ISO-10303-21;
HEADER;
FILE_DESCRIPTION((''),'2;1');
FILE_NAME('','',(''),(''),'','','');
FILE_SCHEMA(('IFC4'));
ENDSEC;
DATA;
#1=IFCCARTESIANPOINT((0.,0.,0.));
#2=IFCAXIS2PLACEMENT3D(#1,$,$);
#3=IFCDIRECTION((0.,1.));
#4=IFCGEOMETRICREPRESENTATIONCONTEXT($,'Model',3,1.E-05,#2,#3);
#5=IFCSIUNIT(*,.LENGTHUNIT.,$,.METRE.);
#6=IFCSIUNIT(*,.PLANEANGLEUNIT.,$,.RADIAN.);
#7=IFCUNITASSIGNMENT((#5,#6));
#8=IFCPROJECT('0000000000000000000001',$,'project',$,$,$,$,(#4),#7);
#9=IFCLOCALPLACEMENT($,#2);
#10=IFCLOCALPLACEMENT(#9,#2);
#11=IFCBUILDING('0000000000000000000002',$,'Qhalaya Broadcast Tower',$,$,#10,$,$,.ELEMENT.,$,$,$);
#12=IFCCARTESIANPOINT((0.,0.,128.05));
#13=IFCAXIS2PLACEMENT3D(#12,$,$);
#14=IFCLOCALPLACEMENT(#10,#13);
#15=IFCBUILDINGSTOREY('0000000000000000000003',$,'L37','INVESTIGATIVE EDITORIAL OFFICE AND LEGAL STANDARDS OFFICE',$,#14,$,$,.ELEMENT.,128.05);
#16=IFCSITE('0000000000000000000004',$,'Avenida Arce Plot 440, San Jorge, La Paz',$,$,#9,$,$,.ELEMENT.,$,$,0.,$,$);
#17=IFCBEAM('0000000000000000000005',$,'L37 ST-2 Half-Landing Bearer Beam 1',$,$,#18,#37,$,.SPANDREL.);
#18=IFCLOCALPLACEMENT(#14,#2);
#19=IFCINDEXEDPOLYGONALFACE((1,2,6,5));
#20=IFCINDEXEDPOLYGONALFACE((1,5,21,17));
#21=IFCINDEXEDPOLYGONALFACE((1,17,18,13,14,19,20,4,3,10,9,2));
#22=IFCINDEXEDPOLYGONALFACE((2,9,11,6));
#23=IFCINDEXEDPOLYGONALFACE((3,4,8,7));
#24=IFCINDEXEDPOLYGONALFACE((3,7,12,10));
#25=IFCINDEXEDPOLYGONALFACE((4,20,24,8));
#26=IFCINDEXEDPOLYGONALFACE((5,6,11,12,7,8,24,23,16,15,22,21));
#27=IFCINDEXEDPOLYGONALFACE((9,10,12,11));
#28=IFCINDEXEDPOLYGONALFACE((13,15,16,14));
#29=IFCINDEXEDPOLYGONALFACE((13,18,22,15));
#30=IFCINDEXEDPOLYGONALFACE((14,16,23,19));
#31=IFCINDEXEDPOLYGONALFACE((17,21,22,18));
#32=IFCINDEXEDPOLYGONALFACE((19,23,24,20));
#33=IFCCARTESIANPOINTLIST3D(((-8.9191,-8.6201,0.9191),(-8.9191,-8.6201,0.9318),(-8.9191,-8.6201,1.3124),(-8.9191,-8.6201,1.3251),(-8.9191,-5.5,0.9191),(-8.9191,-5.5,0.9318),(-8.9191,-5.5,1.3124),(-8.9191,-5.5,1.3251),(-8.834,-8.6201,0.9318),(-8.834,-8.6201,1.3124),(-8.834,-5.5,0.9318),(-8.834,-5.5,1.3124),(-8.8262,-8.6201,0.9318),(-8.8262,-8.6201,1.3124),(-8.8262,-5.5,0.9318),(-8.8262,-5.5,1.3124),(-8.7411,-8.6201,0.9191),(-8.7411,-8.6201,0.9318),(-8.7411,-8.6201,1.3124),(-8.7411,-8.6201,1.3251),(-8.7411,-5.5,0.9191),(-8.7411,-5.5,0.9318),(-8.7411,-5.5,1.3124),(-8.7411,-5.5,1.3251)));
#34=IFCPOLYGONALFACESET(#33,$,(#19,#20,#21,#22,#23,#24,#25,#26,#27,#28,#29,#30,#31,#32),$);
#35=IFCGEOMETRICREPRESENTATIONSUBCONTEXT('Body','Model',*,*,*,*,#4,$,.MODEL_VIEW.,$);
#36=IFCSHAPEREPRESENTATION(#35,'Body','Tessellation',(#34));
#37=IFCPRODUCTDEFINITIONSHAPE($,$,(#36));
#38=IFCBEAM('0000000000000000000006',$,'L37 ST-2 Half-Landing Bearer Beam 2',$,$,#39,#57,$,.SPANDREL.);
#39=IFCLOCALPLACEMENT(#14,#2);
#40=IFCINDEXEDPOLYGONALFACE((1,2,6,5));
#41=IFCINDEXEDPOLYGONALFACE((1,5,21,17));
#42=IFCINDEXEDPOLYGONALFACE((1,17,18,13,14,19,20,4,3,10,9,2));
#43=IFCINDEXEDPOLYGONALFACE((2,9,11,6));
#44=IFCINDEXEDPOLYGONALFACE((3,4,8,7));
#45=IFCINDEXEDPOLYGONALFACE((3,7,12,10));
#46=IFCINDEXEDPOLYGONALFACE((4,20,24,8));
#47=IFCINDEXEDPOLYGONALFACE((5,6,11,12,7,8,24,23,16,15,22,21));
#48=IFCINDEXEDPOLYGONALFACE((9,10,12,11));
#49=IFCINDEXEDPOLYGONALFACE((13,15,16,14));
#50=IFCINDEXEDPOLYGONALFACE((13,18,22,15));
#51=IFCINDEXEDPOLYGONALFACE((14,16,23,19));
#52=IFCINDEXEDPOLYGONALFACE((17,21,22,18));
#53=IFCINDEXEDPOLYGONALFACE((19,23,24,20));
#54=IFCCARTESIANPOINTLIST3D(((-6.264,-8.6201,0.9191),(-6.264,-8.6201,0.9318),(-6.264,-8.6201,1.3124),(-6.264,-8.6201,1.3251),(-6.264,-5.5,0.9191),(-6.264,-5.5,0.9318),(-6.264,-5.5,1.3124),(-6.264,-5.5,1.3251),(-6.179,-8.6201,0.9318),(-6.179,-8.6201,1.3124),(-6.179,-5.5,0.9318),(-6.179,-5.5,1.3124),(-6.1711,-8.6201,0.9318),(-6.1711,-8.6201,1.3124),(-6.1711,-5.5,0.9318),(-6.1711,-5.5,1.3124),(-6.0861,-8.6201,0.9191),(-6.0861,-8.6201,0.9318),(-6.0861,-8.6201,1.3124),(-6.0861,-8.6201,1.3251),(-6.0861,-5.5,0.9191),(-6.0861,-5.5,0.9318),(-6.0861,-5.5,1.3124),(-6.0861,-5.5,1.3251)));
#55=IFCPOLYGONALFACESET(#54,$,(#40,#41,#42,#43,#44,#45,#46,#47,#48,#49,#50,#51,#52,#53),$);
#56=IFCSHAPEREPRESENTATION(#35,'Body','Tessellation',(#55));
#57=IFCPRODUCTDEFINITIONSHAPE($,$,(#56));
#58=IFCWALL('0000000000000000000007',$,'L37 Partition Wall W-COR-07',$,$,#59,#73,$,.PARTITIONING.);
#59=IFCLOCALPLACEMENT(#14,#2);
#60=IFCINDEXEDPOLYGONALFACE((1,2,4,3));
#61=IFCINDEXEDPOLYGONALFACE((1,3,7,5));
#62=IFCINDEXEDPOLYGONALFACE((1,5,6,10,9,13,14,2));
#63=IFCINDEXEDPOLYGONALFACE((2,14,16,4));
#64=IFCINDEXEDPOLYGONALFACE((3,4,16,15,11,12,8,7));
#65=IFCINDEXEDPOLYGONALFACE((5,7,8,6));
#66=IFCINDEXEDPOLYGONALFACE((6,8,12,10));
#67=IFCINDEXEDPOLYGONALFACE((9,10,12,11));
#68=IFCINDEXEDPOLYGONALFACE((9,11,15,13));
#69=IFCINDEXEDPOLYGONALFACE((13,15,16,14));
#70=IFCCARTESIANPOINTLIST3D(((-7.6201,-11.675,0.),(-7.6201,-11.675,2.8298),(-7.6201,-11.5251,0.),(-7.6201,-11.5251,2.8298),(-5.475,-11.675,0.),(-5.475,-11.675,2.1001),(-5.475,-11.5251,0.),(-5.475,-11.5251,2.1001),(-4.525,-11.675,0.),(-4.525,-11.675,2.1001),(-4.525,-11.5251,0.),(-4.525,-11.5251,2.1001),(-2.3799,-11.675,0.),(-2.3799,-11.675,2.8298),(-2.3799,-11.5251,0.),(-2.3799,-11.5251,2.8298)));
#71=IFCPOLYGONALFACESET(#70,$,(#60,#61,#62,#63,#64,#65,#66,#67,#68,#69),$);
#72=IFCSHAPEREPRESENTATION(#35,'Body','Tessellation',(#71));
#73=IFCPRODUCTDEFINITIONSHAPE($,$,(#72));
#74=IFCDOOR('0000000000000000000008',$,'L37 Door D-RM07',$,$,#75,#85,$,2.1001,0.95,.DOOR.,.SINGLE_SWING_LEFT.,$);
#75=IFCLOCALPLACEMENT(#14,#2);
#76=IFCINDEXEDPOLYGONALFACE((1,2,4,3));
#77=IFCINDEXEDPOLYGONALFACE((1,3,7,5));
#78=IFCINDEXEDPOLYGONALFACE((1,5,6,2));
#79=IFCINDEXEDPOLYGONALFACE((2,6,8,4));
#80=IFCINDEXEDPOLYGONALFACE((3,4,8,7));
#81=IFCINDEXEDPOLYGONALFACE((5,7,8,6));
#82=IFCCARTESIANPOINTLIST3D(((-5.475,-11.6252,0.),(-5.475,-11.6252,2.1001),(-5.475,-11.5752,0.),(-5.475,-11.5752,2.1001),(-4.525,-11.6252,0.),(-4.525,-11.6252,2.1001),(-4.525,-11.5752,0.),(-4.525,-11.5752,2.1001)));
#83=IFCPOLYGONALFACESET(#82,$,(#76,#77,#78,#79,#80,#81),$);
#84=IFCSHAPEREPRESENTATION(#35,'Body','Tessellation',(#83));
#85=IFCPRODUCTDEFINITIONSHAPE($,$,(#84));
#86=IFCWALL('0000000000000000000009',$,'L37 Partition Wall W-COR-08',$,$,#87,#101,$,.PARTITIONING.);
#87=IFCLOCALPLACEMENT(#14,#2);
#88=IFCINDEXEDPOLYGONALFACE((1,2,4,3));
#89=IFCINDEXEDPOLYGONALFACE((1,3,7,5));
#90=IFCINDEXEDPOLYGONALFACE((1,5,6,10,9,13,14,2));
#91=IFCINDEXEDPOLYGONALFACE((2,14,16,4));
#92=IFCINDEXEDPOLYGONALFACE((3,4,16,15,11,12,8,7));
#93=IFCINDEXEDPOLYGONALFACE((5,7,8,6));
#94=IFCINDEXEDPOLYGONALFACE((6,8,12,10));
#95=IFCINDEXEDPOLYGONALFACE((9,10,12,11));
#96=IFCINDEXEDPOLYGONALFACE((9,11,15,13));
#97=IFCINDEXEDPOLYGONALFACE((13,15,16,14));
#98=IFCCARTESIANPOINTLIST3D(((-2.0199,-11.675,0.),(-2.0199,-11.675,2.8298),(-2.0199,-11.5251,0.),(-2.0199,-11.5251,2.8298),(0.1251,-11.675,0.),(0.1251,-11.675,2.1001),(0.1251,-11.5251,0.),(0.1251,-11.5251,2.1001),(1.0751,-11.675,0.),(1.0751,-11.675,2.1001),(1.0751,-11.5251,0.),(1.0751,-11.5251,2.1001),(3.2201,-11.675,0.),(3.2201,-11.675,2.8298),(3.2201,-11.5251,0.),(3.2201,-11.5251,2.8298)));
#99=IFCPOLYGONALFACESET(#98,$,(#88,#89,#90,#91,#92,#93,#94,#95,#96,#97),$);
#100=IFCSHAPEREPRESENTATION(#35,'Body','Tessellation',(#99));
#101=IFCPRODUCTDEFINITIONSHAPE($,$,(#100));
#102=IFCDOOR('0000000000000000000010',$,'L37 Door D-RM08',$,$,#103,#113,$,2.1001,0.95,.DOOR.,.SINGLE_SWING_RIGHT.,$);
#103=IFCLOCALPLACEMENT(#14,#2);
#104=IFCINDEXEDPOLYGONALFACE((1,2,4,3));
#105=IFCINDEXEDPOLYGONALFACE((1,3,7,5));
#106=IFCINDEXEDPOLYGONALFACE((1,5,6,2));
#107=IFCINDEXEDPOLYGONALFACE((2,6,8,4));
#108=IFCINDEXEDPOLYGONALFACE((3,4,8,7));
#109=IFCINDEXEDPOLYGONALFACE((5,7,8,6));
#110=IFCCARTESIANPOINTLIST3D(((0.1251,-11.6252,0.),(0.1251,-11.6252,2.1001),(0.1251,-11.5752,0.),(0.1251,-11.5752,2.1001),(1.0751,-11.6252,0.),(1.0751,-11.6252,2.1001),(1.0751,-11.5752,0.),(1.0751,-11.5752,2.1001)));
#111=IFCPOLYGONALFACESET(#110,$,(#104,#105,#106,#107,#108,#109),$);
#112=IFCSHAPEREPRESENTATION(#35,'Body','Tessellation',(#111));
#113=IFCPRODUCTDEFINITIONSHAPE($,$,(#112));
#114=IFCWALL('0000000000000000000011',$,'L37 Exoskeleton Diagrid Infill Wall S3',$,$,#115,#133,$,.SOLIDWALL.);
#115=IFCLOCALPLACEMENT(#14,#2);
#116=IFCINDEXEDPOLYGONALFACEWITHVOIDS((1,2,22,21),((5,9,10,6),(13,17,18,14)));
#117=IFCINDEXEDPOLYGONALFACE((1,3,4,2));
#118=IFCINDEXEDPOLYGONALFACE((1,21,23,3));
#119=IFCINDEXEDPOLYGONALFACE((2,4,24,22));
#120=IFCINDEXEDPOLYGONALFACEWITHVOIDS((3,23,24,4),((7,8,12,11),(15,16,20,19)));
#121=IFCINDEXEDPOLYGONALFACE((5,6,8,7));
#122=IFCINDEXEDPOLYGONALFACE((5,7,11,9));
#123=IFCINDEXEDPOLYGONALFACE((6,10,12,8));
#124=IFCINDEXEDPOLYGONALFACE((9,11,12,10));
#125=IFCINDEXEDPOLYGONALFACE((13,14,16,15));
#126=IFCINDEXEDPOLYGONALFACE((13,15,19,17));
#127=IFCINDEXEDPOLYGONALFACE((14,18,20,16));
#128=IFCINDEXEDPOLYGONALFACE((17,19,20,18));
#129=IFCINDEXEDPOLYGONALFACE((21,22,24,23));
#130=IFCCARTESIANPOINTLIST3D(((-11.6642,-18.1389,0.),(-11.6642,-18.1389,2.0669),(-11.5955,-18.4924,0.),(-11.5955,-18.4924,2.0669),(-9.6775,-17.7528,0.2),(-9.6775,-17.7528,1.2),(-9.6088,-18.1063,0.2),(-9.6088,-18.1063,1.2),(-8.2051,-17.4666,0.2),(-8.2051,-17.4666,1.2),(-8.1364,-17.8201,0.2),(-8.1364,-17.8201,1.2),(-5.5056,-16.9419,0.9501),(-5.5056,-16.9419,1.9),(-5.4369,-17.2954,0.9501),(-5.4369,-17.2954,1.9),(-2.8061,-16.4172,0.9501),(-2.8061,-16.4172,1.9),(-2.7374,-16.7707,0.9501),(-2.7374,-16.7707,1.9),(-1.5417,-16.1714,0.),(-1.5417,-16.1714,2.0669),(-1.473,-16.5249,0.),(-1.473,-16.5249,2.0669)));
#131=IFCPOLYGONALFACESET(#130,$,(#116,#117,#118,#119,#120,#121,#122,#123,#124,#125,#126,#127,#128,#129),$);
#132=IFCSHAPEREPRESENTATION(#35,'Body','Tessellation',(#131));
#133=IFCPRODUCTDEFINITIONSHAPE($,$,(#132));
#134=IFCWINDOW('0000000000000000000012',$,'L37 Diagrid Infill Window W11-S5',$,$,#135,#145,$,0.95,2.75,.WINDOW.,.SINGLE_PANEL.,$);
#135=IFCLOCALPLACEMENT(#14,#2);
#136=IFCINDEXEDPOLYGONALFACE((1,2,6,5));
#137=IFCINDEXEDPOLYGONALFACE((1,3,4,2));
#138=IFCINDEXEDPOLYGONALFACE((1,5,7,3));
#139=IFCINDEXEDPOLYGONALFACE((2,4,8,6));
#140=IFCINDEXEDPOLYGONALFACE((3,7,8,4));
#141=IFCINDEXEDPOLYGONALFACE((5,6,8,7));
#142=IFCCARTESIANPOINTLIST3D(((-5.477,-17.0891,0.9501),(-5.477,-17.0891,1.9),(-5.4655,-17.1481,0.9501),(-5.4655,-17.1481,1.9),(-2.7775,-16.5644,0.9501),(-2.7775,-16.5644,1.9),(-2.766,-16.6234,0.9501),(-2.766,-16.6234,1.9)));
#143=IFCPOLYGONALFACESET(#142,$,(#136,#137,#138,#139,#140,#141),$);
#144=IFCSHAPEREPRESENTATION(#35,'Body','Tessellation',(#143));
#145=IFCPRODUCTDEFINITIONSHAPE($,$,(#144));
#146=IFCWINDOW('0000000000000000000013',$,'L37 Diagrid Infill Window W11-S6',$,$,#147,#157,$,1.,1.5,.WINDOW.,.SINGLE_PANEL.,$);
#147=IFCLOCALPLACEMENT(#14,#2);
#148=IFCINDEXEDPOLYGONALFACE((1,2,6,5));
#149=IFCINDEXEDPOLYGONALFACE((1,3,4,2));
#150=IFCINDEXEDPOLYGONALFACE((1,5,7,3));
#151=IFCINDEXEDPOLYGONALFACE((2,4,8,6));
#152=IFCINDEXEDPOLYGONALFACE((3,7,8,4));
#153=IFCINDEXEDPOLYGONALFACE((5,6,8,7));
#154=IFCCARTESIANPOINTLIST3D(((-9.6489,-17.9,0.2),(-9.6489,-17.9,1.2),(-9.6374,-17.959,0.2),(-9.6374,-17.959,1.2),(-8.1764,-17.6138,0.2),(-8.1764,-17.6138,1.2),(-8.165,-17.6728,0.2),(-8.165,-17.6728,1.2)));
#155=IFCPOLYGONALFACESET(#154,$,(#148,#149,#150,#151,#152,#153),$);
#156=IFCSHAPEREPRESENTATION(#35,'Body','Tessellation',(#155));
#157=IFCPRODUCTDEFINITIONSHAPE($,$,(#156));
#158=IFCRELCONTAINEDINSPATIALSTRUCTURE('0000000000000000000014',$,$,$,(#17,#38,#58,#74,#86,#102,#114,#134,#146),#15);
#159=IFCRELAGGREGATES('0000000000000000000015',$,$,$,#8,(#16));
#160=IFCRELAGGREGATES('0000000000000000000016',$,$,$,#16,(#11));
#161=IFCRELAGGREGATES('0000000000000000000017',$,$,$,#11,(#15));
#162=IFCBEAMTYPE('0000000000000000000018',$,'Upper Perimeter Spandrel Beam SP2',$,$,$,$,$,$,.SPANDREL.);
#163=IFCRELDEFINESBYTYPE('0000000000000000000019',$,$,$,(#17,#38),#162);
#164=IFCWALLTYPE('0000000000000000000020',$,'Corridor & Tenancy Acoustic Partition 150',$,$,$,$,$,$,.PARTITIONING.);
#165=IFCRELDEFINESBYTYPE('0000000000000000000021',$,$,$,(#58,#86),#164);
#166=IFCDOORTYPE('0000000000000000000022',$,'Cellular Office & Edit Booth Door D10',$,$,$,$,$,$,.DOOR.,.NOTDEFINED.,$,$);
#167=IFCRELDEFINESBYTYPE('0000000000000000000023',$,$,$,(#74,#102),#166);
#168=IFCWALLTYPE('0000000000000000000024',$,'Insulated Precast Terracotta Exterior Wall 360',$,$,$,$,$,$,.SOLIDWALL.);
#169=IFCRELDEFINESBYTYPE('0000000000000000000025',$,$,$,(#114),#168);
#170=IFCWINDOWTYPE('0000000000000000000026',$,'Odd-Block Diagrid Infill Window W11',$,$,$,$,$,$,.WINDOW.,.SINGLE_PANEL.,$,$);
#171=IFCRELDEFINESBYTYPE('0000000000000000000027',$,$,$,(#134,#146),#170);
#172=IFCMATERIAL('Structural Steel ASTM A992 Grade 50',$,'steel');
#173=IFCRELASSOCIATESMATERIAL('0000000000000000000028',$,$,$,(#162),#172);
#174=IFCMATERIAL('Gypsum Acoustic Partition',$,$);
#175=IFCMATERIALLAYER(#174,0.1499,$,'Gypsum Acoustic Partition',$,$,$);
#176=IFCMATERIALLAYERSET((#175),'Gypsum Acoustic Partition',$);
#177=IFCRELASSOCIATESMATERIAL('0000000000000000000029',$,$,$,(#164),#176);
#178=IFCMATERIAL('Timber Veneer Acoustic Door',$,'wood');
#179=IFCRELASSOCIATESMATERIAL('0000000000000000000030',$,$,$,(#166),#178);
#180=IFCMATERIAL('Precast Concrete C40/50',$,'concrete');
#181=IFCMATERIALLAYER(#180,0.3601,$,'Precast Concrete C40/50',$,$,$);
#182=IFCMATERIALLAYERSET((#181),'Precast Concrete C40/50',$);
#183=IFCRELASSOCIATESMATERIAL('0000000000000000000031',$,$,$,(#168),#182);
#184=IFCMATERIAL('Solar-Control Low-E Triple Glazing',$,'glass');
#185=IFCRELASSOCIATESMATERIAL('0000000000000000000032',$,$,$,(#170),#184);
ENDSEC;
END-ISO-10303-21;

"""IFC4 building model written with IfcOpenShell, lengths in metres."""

from ifc_helpers import new_model, si_unit, direction, frame, frame_2d, origin, origin_2d, place, context, subcontext, project, spatial, rectangle, i_section, extrude, material, layer, layer_set, material_profile, profile_set, type_object, element, fill, save


model = new_model("IFC4")

# Units and contexts
model_context = context("Model", 3, precision=1e-05, world=origin(), true_north=direction((0.0, 1.0)))
body_context = subcontext(model_context, "Body", "Model", "MODEL_VIEW")
ifc_project = project(units=[si_unit("LENGTHUNIT", "METRE"), si_unit("PLANEANGLEUNIT", "RADIAN")], contexts=[model_context])

# Site, building, storey
site_placement = place(None, origin())
site = spatial("IfcSite", under=ifc_project, at=site_placement, Name="Avenida Arce Plot 440, San Jorge, La Paz", CompositionType="ELEMENT", RefElevation=0.0)
building_placement = place(site_placement, origin())
building = spatial("IfcBuilding", under=site, at=building_placement, Name="Qhalaya Broadcast Tower", CompositionType="ELEMENT")
storey_placement = place(building_placement, frame((0.0, 0.0, 128.05)))
storey = spatial("IfcBuildingStorey", under=building, at=storey_placement, Name="L37", Description="INVESTIGATIVE EDITORIAL OFFICE AND LEGAL STANDARDS OFFICE", CompositionType="ELEMENT", Elevation=128.05)

# Beams
ifc_material_1 = material(Name="Structural Steel ASTM A992 Grade 50", Category="steel")
ifc_material_profile_1 = material_profile(ifc_material_1, i_section(OverallWidth=0.178, OverallDepth=0.406, WebThickness=0.0078, FlangeThickness=0.0127, at=origin_2d()), Name="W16X40")
ifc_profile_set_1 = profile_set([ifc_material_profile_1], Name="Structural Steel ASTM A992 Grade 50")
beam_type_1 = type_object("IfcBeamType", Name="Upper Perimeter Spandrel Beam SP2", PredefinedType="SPANDREL", material=ifc_profile_set_1)
for number, where, z_axis, x_axis, name in (
    (1, (-8.8301, -8.6201, 1.1221), (0.0, 1.0, 0.0), (-1.0, 0.0, 0.0), "L37 ST-2 Half-Landing Bearer Beam 1"),
    (2, (-6.175, -8.6201, 1.1221), (0.0, 1.0, 0.0), (-1.0, 0.0, 0.0), "L37 ST-2 Half-Landing Bearer Beam 2"),
):
    element("IfcBeam", number, at=place(storey_placement, frame(where, z_axis=z_axis, x_axis=x_axis)), inside=storey, type_object=beam_type_1, Name=name, PredefinedType="SPANDREL", context=body_context, shape_type="SweptSolid", body=[
        extrude(i_section(OverallWidth=0.178, OverallDepth=0.406, WebThickness=0.0078, FlangeThickness=0.0127, at=origin_2d()), origin(), (0.0, 0.0, 1.0), 3.1201),
    ])

# Walls, openings, doors
ifc_material_2 = material(Name="Gypsum Acoustic Partition")
ifc_layer_1 = layer(ifc_material_2, 0.1499, Name="Gypsum Acoustic Partition")
ifc_layer_set_1 = layer_set([ifc_layer_1], Name="Gypsum Acoustic Partition")
wall_type_1 = type_object("IfcWallType", Name="Corridor & Tenancy Acoustic Partition 150", PredefinedType="PARTITIONING", material=ifc_layer_set_1)
wall_1_placement = place(storey_placement, frame((-7.6201, -11.6001, 0.0), z_axis=(0.0, 0.0, 1.0), x_axis=(1.0, 0.0, 0.0)))
wall_1 = element("IfcWall", 3, at=wall_1_placement, inside=storey, type_object=wall_type_1, Name="L37 Partition Wall W-COR-07", PredefinedType="PARTITIONING", context=body_context, shape_type="SweptSolid", body=[
    extrude(rectangle(XDim=5.2402, YDim=0.1499, at=frame_2d((2.6201, 0.0))), origin(), (0.0, 0.0, 1.0), 2.8298),
])
opening_1_placement = place(wall_1_placement, frame((2.145, 0.0, 0.0)))
opening_1 = element("IfcOpeningElement", 4, at=opening_1_placement, cuts=wall_1, PredefinedType="OPENING", context=body_context, shape_type="SweptSolid", body=[
    extrude(rectangle(XDim=0.95, YDim=2.1001, at=frame_2d((0.4751, 1.05))), frame((0.0, 0.0869, 0.0), z_axis=(0.0, -1.0, 0.0), x_axis=(1.0, 0.0, 0.0)), (0.0, 0.0, 1.0), 0.1738),
])
ifc_material_3 = material(Name="Timber Veneer Acoustic Door", Category="wood")
door_type_1 = type_object("IfcDoorType", Name="Cellular Office & Edit Booth Door D10", OperationType="NOTDEFINED", PredefinedType="DOOR", material=ifc_material_3)
door_1_placement = place(opening_1_placement, origin())
door_1 = element("IfcDoor", 5, at=door_1_placement, inside=storey, type_object=door_type_1, Name="L37 Door D-RM07", OperationType="SINGLE_SWING_LEFT", OverallHeight=2.1001, OverallWidth=0.95, PredefinedType="DOOR", context=body_context, shape_type="SweptSolid", body=[
    extrude(rectangle(XDim=0.95, YDim=2.1001, at=frame_2d((0.4751, 1.05))), frame((0.0, 0.0249, 0.0), z_axis=(0.0, -1.0, 0.0), x_axis=(1.0, 0.0, 0.0)), (0.0, 0.0, 1.0), 0.05),
])
fill(opening_1, door_1)
wall_2_placement = place(storey_placement, frame((-2.02, -11.6001, 0.0), z_axis=(0.0, 0.0, 1.0), x_axis=(1.0, 0.0, 0.0)))
wall_2 = element("IfcWall", 6, at=wall_2_placement, inside=storey, type_object=wall_type_1, Name="L37 Partition Wall W-COR-08", PredefinedType="PARTITIONING", context=body_context, shape_type="SweptSolid", body=[
    extrude(rectangle(XDim=5.24, YDim=0.1499, at=frame_2d((2.6201, 0.0))), origin(), (0.0, 0.0, 1.0), 2.8298),
])
opening_2_placement = place(wall_2_placement, frame((2.145, 0.0, 0.0)))
opening_2 = element("IfcOpeningElement", 7, at=opening_2_placement, cuts=wall_2, PredefinedType="OPENING", context=body_context, shape_type="SweptSolid", body=[
    extrude(rectangle(XDim=0.95, YDim=2.1001, at=frame_2d((0.4751, 1.05))), frame((0.0, 0.0869, 0.0), z_axis=(0.0, -1.0, 0.0), x_axis=(1.0, 0.0, 0.0)), (0.0, 0.0, 1.0), 0.1738),
])
door_2_placement = place(opening_2_placement, origin())
door_2 = element("IfcDoor", 8, at=door_2_placement, inside=storey, type_object=door_type_1, Name="L37 Door D-RM08", OperationType="SINGLE_SWING_RIGHT", OverallHeight=2.1001, OverallWidth=0.95, PredefinedType="DOOR", context=body_context, shape_type="SweptSolid", body=[
    extrude(rectangle(XDim=0.95, YDim=2.1001, at=frame_2d((0.4751, 1.05))), frame((0.0, 0.0249, 0.0), z_axis=(0.0, -1.0, 0.0), x_axis=(1.0, 0.0, 0.0)), (0.0, 0.0, 1.0), 0.05),
])
fill(opening_2, door_2)

# Wall, openings, windows
ifc_material_4 = material(Name="Precast Concrete C40/50", Category="concrete")
ifc_layer_2 = layer(ifc_material_4, 0.3601, Name="Precast Concrete C40/50")
ifc_layer_set_2 = layer_set([ifc_layer_2], Name="Precast Concrete C40/50")
wall_type_2 = type_object("IfcWallType", Name="Insulated Precast Terracotta Exterior Wall 360", PredefinedType="SOLIDWALL", material=ifc_layer_set_2)
wall_3_placement = place(storey_placement, frame((-1.5073, -16.3481, 0.0), z_axis=(0.0, 0.0, 1.0), x_axis=(-0.981629, -0.1908, 0.0)))
wall_3 = element("IfcWall", 9, at=wall_3_placement, inside=storey, type_object=wall_type_2, Name="L37 Exoskeleton Diagrid Infill Wall S3", PredefinedType="SOLIDWALL", context=body_context, shape_type="SweptSolid", body=[
    extrude(rectangle(XDim=10.312, YDim=0.3601, at=frame_2d((5.156, 0.0))), origin(), (0.0, 0.0, 1.0), 2.0669),
])
opening_3_placement = place(wall_3_placement, frame((1.2881, 0.0, 0.95)))
opening_3 = element("IfcOpeningElement", 10, at=opening_3_placement, cuts=wall_3, PredefinedType="OPENING", context=body_context, shape_type="SweptSolid", body=[
    extrude(rectangle(XDim=2.75, YDim=0.95, at=frame_2d((1.375, 0.4751))), frame((0.0, 0.1921, 0.0), z_axis=(0.0, -1.0, 0.0), x_axis=(1.0, 0.0, 0.0)), (0.0, 0.0, 1.0), 0.384),
])
opening_4_placement = place(wall_3_placement, frame((6.7881, 0.0, 0.2)))
opening_4 = element("IfcOpeningElement", 11, at=opening_4_placement, cuts=wall_3, PredefinedType="OPENING", context=body_context, shape_type="SweptSolid", body=[
    extrude(rectangle(XDim=1.5, YDim=1.0, at=frame_2d((0.75, 0.5))), frame((0.0, 0.1921, 0.0), z_axis=(0.0, -1.0, 0.0), x_axis=(1.0, 0.0, 0.0)), (0.0, 0.0, 1.0), 0.384),
])
ifc_material_5 = material(Name="Solar-Control Low-E Triple Glazing", Category="glass")
window_type = type_object("IfcWindowType", Name="Odd-Block Diagrid Infill Window W11", PartitioningType="SINGLE_PANEL", PredefinedType="WINDOW", material=ifc_material_5)
window_1_placement = place(opening_3_placement, origin())
window_1 = element("IfcWindow", 12, at=window_1_placement, inside=storey, type_object=window_type, Name="L37 Diagrid Infill Window W11-S5", OverallHeight=0.95, OverallWidth=2.75, PartitioningType="SINGLE_PANEL", PredefinedType="WINDOW", context=body_context, shape_type="SweptSolid", body=[
    extrude(rectangle(XDim=2.75, YDim=0.95, at=frame_2d((1.375, 0.4751))), frame((0.0, 0.03, 0.0), z_axis=(0.0, -1.0, 0.0), x_axis=(1.0, 0.0, 0.0)), (0.0, 0.0, 1.0), 0.0601),
])
fill(opening_3, window_1)
window_2_placement = place(opening_4_placement, origin())
window_2 = element("IfcWindow", 13, at=window_2_placement, inside=storey, type_object=window_type, Name="L37 Diagrid Infill Window W11-S6", OverallHeight=1.0, OverallWidth=1.5, PartitioningType="SINGLE_PANEL", PredefinedType="WINDOW", context=body_context, shape_type="SweptSolid", body=[
    extrude(rectangle(XDim=1.5, YDim=1.0, at=frame_2d((0.75, 0.5))), frame((0.0, 0.03, 0.0), z_axis=(0.0, -1.0, 0.0), x_axis=(1.0, 0.0, 0.0)), (0.0, 0.0, 1.0), 0.0601),
])
fill(opening_4, window_2)

save(model, "model.ifc")
